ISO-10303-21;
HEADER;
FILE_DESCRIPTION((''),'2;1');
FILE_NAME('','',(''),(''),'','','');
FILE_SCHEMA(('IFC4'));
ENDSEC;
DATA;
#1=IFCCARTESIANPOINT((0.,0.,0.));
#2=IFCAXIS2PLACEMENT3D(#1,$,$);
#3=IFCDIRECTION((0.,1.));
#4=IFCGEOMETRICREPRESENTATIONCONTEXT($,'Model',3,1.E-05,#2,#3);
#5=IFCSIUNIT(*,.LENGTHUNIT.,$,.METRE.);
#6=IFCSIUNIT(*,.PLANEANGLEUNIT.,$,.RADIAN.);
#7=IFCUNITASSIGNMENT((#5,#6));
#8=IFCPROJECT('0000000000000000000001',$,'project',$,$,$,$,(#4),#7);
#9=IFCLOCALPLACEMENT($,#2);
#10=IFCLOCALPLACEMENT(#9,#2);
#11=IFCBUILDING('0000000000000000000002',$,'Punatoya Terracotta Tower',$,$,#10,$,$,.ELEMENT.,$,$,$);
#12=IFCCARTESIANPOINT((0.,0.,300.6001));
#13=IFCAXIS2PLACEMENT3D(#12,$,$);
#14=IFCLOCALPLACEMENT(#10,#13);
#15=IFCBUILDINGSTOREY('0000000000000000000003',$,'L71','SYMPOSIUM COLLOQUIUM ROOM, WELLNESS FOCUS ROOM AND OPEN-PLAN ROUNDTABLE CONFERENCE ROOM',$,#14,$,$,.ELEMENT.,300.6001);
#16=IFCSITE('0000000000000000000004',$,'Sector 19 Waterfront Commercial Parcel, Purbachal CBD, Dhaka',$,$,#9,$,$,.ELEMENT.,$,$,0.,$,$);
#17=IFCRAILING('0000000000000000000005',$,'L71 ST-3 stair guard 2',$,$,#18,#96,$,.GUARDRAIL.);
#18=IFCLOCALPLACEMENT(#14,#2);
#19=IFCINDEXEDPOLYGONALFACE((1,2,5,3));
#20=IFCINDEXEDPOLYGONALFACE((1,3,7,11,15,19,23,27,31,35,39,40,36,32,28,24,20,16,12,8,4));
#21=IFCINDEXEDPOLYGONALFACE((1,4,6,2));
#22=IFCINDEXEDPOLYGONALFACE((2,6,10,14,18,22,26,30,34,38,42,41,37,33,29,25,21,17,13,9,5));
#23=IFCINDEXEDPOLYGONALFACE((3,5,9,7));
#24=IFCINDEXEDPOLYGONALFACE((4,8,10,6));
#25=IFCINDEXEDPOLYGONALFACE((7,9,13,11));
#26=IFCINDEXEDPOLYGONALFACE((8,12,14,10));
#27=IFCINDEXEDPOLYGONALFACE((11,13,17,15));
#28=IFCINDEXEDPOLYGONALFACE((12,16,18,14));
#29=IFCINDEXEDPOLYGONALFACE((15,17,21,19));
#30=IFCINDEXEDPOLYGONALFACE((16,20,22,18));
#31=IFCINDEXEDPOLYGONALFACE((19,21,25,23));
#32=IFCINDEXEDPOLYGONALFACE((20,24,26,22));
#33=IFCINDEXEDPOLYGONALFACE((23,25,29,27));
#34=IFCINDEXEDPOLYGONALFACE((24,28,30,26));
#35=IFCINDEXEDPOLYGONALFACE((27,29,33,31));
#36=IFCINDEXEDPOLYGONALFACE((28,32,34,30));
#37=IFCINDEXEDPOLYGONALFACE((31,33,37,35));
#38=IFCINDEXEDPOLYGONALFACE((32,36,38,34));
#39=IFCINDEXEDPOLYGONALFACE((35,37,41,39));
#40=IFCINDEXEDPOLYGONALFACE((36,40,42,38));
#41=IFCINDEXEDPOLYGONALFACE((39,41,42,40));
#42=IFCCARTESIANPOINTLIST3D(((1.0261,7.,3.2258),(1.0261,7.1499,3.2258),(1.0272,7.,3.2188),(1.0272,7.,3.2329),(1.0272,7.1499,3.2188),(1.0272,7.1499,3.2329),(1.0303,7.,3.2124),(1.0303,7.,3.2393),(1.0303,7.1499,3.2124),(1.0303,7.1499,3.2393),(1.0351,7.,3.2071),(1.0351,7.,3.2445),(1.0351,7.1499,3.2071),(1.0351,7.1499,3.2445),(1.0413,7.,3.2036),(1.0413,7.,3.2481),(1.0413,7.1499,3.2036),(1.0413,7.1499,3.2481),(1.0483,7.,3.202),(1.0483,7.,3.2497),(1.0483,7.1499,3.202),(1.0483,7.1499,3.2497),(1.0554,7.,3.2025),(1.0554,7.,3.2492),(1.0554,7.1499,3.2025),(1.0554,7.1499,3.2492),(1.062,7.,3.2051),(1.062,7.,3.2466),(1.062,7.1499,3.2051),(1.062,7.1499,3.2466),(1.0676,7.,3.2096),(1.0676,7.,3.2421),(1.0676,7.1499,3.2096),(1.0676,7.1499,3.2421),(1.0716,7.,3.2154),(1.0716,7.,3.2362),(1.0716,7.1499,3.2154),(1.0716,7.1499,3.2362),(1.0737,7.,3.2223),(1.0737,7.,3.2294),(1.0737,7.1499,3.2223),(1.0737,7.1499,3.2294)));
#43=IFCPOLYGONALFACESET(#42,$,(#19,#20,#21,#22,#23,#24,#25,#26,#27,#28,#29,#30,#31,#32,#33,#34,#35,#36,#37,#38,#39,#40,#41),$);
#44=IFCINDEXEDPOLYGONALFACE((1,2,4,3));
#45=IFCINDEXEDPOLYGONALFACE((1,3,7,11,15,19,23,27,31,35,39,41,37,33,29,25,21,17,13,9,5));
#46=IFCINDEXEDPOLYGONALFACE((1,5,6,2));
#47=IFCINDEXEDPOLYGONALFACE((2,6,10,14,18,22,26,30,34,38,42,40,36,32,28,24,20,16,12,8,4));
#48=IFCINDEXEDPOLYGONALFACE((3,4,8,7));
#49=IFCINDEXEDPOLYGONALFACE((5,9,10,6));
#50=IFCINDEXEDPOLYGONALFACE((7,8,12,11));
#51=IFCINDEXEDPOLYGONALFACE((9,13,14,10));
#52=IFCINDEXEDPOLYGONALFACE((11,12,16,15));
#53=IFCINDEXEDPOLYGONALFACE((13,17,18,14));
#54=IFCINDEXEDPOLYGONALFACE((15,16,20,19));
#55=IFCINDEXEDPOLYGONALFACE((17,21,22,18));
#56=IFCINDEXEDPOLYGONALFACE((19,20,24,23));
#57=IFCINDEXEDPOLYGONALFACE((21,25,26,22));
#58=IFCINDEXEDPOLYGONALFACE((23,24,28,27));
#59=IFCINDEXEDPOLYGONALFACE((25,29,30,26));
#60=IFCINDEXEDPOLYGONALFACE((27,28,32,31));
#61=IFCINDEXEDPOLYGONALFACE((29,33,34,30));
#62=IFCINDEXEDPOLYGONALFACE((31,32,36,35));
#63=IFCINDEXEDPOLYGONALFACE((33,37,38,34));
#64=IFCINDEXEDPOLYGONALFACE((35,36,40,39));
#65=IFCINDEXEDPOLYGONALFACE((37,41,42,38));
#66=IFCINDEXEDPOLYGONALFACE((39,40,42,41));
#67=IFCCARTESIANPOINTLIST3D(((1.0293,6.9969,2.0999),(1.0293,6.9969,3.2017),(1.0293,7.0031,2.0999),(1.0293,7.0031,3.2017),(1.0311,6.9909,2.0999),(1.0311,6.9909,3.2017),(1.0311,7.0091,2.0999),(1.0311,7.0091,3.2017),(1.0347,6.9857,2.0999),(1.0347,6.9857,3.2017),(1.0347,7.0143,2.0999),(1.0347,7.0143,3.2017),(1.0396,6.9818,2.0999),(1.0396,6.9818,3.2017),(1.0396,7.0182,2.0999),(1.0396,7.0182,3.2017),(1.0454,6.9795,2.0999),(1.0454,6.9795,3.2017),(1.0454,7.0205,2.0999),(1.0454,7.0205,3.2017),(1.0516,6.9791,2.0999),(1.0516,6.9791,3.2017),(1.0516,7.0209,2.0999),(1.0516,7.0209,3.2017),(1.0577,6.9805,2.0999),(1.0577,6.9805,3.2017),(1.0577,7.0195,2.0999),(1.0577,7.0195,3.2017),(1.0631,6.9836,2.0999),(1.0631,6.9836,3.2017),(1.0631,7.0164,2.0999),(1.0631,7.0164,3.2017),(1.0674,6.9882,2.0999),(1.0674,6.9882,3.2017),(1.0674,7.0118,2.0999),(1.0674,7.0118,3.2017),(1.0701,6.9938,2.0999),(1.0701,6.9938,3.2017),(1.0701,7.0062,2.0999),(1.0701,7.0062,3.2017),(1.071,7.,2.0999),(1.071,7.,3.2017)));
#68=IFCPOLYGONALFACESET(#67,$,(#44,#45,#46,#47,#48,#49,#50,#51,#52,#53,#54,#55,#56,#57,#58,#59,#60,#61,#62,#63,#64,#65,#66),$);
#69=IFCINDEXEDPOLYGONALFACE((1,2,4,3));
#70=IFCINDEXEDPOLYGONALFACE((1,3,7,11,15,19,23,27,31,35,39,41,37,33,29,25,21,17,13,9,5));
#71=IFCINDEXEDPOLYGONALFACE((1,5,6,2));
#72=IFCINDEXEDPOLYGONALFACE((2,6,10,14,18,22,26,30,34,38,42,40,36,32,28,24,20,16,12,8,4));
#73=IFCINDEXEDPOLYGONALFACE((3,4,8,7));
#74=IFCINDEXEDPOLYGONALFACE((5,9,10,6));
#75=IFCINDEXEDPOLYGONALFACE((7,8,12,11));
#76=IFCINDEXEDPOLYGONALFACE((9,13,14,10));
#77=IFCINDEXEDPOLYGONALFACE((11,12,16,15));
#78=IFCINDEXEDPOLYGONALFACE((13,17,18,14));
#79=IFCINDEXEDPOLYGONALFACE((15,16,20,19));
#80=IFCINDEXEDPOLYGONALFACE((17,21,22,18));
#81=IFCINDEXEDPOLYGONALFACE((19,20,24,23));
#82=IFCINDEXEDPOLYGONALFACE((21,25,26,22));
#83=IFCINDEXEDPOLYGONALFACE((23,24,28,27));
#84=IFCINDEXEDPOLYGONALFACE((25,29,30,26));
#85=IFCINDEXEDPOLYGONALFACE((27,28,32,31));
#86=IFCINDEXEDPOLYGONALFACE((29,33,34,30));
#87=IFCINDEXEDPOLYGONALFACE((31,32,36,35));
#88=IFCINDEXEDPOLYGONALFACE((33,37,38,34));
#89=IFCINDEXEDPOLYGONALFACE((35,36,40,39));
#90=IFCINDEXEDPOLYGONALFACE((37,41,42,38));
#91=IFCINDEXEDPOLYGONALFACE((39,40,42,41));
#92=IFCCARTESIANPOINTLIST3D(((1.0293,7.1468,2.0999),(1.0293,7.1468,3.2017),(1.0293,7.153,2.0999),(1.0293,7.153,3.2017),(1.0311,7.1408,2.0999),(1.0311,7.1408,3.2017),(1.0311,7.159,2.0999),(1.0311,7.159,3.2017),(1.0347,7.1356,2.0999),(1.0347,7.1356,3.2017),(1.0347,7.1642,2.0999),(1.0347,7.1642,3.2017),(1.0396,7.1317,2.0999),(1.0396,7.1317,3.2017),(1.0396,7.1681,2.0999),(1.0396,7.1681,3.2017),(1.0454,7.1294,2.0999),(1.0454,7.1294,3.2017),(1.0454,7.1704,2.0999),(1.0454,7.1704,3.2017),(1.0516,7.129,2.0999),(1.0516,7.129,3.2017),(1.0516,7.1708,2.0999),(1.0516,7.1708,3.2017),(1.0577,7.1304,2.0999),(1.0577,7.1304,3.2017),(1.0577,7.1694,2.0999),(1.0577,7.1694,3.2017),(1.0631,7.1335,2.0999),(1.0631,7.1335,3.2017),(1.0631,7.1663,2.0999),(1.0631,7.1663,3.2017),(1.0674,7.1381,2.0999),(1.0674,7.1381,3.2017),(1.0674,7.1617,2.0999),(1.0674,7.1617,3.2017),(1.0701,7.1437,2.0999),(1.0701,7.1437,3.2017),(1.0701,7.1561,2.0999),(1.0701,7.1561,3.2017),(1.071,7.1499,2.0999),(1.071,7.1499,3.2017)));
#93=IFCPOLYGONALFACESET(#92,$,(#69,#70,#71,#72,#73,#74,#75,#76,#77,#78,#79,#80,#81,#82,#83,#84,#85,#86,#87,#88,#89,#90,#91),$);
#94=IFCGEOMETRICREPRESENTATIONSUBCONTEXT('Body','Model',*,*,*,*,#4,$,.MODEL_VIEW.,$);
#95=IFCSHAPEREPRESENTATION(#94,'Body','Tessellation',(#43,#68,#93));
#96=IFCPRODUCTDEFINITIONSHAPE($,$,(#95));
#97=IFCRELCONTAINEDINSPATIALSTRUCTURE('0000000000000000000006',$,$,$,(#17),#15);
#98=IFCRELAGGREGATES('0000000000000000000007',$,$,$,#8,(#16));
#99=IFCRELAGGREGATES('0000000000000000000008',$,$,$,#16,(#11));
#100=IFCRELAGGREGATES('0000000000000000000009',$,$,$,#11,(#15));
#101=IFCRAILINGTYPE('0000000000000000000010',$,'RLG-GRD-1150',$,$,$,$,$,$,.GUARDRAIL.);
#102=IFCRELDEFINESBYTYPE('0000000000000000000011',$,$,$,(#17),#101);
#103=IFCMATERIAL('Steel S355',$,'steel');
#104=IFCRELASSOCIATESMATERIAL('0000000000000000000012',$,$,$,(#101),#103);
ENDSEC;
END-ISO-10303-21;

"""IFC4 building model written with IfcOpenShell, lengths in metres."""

from ifc_helpers import new_model, si_unit, direction, frame, origin, origin_2d, place, context, subcontext, project, spatial, circle, extrude, material, type_object, element, save


model = new_model("IFC4")

# Units and contexts
model_context = context("Model", 3, precision=1e-05, world=origin(), true_north=direction((0.0, 1.0)))
body_context = subcontext(model_context, "Body", "Model", "MODEL_VIEW")
ifc_project = project(units=[si_unit("LENGTHUNIT", "METRE"), si_unit("PLANEANGLEUNIT", "RADIAN")], contexts=[model_context])

# Site, building, storey
site_placement = place(None, origin())
site = spatial("IfcSite", under=ifc_project, at=site_placement, Name="Sector 19 Waterfront Commercial Parcel, Purbachal CBD, Dhaka", CompositionType="ELEMENT", RefElevation=0.0)
building_placement = place(site_placement, origin())
building = spatial("IfcBuilding", under=site, at=building_placement, Name="Punatoya Terracotta Tower", CompositionType="ELEMENT")
storey_placement = place(building_placement, frame((0.0, 0.0, 300.6001)))
storey = spatial("IfcBuildingStorey", under=building, at=storey_placement, Name="L71", Description="SYMPOSIUM COLLOQUIUM ROOM, WELLNESS FOCUS ROOM AND OPEN-PLAN ROUNDTABLE CONFERENCE ROOM", CompositionType="ELEMENT", Elevation=300.6001)

# Shared definitions
ifc_material_1 = material(Name="Steel S355", Category="steel")

# Railing
railing_type_1 = type_object("IfcRailingType", Name="RLG-GRD-1150", PredefinedType="GUARDRAIL", material=ifc_material_1)
railing_1_placement = place(storey_placement, frame((1.05, 7.0, 2.0999)))
element("IfcRailing", 1, at=railing_1_placement, inside=storey, type_object=railing_type_1, Name="L71 ST-3 stair guard 2", PredefinedType="GUARDRAIL", context=body_context, shape_type="SweptSolid", body=[
    extrude(circle(Radius=0.0239, at=origin_2d()), frame((0.0, 0.0, 1.126), z_axis=(0.0, 1.0, 0.0), x_axis=(-1.0, 0.0, 0.0)), (0.0, 0.0, 1.0), 0.1499),
    extrude(circle(Radius=0.021, at=origin_2d()), origin(), (0.0, 0.0, 1.0), 1.1018),
    extrude(circle(Radius=0.021, at=origin_2d()), frame((0.0, 0.1499, 0.0)), (0.0, 0.0, 1.0), 1.1018),
])

save(model, "model.ifc")
